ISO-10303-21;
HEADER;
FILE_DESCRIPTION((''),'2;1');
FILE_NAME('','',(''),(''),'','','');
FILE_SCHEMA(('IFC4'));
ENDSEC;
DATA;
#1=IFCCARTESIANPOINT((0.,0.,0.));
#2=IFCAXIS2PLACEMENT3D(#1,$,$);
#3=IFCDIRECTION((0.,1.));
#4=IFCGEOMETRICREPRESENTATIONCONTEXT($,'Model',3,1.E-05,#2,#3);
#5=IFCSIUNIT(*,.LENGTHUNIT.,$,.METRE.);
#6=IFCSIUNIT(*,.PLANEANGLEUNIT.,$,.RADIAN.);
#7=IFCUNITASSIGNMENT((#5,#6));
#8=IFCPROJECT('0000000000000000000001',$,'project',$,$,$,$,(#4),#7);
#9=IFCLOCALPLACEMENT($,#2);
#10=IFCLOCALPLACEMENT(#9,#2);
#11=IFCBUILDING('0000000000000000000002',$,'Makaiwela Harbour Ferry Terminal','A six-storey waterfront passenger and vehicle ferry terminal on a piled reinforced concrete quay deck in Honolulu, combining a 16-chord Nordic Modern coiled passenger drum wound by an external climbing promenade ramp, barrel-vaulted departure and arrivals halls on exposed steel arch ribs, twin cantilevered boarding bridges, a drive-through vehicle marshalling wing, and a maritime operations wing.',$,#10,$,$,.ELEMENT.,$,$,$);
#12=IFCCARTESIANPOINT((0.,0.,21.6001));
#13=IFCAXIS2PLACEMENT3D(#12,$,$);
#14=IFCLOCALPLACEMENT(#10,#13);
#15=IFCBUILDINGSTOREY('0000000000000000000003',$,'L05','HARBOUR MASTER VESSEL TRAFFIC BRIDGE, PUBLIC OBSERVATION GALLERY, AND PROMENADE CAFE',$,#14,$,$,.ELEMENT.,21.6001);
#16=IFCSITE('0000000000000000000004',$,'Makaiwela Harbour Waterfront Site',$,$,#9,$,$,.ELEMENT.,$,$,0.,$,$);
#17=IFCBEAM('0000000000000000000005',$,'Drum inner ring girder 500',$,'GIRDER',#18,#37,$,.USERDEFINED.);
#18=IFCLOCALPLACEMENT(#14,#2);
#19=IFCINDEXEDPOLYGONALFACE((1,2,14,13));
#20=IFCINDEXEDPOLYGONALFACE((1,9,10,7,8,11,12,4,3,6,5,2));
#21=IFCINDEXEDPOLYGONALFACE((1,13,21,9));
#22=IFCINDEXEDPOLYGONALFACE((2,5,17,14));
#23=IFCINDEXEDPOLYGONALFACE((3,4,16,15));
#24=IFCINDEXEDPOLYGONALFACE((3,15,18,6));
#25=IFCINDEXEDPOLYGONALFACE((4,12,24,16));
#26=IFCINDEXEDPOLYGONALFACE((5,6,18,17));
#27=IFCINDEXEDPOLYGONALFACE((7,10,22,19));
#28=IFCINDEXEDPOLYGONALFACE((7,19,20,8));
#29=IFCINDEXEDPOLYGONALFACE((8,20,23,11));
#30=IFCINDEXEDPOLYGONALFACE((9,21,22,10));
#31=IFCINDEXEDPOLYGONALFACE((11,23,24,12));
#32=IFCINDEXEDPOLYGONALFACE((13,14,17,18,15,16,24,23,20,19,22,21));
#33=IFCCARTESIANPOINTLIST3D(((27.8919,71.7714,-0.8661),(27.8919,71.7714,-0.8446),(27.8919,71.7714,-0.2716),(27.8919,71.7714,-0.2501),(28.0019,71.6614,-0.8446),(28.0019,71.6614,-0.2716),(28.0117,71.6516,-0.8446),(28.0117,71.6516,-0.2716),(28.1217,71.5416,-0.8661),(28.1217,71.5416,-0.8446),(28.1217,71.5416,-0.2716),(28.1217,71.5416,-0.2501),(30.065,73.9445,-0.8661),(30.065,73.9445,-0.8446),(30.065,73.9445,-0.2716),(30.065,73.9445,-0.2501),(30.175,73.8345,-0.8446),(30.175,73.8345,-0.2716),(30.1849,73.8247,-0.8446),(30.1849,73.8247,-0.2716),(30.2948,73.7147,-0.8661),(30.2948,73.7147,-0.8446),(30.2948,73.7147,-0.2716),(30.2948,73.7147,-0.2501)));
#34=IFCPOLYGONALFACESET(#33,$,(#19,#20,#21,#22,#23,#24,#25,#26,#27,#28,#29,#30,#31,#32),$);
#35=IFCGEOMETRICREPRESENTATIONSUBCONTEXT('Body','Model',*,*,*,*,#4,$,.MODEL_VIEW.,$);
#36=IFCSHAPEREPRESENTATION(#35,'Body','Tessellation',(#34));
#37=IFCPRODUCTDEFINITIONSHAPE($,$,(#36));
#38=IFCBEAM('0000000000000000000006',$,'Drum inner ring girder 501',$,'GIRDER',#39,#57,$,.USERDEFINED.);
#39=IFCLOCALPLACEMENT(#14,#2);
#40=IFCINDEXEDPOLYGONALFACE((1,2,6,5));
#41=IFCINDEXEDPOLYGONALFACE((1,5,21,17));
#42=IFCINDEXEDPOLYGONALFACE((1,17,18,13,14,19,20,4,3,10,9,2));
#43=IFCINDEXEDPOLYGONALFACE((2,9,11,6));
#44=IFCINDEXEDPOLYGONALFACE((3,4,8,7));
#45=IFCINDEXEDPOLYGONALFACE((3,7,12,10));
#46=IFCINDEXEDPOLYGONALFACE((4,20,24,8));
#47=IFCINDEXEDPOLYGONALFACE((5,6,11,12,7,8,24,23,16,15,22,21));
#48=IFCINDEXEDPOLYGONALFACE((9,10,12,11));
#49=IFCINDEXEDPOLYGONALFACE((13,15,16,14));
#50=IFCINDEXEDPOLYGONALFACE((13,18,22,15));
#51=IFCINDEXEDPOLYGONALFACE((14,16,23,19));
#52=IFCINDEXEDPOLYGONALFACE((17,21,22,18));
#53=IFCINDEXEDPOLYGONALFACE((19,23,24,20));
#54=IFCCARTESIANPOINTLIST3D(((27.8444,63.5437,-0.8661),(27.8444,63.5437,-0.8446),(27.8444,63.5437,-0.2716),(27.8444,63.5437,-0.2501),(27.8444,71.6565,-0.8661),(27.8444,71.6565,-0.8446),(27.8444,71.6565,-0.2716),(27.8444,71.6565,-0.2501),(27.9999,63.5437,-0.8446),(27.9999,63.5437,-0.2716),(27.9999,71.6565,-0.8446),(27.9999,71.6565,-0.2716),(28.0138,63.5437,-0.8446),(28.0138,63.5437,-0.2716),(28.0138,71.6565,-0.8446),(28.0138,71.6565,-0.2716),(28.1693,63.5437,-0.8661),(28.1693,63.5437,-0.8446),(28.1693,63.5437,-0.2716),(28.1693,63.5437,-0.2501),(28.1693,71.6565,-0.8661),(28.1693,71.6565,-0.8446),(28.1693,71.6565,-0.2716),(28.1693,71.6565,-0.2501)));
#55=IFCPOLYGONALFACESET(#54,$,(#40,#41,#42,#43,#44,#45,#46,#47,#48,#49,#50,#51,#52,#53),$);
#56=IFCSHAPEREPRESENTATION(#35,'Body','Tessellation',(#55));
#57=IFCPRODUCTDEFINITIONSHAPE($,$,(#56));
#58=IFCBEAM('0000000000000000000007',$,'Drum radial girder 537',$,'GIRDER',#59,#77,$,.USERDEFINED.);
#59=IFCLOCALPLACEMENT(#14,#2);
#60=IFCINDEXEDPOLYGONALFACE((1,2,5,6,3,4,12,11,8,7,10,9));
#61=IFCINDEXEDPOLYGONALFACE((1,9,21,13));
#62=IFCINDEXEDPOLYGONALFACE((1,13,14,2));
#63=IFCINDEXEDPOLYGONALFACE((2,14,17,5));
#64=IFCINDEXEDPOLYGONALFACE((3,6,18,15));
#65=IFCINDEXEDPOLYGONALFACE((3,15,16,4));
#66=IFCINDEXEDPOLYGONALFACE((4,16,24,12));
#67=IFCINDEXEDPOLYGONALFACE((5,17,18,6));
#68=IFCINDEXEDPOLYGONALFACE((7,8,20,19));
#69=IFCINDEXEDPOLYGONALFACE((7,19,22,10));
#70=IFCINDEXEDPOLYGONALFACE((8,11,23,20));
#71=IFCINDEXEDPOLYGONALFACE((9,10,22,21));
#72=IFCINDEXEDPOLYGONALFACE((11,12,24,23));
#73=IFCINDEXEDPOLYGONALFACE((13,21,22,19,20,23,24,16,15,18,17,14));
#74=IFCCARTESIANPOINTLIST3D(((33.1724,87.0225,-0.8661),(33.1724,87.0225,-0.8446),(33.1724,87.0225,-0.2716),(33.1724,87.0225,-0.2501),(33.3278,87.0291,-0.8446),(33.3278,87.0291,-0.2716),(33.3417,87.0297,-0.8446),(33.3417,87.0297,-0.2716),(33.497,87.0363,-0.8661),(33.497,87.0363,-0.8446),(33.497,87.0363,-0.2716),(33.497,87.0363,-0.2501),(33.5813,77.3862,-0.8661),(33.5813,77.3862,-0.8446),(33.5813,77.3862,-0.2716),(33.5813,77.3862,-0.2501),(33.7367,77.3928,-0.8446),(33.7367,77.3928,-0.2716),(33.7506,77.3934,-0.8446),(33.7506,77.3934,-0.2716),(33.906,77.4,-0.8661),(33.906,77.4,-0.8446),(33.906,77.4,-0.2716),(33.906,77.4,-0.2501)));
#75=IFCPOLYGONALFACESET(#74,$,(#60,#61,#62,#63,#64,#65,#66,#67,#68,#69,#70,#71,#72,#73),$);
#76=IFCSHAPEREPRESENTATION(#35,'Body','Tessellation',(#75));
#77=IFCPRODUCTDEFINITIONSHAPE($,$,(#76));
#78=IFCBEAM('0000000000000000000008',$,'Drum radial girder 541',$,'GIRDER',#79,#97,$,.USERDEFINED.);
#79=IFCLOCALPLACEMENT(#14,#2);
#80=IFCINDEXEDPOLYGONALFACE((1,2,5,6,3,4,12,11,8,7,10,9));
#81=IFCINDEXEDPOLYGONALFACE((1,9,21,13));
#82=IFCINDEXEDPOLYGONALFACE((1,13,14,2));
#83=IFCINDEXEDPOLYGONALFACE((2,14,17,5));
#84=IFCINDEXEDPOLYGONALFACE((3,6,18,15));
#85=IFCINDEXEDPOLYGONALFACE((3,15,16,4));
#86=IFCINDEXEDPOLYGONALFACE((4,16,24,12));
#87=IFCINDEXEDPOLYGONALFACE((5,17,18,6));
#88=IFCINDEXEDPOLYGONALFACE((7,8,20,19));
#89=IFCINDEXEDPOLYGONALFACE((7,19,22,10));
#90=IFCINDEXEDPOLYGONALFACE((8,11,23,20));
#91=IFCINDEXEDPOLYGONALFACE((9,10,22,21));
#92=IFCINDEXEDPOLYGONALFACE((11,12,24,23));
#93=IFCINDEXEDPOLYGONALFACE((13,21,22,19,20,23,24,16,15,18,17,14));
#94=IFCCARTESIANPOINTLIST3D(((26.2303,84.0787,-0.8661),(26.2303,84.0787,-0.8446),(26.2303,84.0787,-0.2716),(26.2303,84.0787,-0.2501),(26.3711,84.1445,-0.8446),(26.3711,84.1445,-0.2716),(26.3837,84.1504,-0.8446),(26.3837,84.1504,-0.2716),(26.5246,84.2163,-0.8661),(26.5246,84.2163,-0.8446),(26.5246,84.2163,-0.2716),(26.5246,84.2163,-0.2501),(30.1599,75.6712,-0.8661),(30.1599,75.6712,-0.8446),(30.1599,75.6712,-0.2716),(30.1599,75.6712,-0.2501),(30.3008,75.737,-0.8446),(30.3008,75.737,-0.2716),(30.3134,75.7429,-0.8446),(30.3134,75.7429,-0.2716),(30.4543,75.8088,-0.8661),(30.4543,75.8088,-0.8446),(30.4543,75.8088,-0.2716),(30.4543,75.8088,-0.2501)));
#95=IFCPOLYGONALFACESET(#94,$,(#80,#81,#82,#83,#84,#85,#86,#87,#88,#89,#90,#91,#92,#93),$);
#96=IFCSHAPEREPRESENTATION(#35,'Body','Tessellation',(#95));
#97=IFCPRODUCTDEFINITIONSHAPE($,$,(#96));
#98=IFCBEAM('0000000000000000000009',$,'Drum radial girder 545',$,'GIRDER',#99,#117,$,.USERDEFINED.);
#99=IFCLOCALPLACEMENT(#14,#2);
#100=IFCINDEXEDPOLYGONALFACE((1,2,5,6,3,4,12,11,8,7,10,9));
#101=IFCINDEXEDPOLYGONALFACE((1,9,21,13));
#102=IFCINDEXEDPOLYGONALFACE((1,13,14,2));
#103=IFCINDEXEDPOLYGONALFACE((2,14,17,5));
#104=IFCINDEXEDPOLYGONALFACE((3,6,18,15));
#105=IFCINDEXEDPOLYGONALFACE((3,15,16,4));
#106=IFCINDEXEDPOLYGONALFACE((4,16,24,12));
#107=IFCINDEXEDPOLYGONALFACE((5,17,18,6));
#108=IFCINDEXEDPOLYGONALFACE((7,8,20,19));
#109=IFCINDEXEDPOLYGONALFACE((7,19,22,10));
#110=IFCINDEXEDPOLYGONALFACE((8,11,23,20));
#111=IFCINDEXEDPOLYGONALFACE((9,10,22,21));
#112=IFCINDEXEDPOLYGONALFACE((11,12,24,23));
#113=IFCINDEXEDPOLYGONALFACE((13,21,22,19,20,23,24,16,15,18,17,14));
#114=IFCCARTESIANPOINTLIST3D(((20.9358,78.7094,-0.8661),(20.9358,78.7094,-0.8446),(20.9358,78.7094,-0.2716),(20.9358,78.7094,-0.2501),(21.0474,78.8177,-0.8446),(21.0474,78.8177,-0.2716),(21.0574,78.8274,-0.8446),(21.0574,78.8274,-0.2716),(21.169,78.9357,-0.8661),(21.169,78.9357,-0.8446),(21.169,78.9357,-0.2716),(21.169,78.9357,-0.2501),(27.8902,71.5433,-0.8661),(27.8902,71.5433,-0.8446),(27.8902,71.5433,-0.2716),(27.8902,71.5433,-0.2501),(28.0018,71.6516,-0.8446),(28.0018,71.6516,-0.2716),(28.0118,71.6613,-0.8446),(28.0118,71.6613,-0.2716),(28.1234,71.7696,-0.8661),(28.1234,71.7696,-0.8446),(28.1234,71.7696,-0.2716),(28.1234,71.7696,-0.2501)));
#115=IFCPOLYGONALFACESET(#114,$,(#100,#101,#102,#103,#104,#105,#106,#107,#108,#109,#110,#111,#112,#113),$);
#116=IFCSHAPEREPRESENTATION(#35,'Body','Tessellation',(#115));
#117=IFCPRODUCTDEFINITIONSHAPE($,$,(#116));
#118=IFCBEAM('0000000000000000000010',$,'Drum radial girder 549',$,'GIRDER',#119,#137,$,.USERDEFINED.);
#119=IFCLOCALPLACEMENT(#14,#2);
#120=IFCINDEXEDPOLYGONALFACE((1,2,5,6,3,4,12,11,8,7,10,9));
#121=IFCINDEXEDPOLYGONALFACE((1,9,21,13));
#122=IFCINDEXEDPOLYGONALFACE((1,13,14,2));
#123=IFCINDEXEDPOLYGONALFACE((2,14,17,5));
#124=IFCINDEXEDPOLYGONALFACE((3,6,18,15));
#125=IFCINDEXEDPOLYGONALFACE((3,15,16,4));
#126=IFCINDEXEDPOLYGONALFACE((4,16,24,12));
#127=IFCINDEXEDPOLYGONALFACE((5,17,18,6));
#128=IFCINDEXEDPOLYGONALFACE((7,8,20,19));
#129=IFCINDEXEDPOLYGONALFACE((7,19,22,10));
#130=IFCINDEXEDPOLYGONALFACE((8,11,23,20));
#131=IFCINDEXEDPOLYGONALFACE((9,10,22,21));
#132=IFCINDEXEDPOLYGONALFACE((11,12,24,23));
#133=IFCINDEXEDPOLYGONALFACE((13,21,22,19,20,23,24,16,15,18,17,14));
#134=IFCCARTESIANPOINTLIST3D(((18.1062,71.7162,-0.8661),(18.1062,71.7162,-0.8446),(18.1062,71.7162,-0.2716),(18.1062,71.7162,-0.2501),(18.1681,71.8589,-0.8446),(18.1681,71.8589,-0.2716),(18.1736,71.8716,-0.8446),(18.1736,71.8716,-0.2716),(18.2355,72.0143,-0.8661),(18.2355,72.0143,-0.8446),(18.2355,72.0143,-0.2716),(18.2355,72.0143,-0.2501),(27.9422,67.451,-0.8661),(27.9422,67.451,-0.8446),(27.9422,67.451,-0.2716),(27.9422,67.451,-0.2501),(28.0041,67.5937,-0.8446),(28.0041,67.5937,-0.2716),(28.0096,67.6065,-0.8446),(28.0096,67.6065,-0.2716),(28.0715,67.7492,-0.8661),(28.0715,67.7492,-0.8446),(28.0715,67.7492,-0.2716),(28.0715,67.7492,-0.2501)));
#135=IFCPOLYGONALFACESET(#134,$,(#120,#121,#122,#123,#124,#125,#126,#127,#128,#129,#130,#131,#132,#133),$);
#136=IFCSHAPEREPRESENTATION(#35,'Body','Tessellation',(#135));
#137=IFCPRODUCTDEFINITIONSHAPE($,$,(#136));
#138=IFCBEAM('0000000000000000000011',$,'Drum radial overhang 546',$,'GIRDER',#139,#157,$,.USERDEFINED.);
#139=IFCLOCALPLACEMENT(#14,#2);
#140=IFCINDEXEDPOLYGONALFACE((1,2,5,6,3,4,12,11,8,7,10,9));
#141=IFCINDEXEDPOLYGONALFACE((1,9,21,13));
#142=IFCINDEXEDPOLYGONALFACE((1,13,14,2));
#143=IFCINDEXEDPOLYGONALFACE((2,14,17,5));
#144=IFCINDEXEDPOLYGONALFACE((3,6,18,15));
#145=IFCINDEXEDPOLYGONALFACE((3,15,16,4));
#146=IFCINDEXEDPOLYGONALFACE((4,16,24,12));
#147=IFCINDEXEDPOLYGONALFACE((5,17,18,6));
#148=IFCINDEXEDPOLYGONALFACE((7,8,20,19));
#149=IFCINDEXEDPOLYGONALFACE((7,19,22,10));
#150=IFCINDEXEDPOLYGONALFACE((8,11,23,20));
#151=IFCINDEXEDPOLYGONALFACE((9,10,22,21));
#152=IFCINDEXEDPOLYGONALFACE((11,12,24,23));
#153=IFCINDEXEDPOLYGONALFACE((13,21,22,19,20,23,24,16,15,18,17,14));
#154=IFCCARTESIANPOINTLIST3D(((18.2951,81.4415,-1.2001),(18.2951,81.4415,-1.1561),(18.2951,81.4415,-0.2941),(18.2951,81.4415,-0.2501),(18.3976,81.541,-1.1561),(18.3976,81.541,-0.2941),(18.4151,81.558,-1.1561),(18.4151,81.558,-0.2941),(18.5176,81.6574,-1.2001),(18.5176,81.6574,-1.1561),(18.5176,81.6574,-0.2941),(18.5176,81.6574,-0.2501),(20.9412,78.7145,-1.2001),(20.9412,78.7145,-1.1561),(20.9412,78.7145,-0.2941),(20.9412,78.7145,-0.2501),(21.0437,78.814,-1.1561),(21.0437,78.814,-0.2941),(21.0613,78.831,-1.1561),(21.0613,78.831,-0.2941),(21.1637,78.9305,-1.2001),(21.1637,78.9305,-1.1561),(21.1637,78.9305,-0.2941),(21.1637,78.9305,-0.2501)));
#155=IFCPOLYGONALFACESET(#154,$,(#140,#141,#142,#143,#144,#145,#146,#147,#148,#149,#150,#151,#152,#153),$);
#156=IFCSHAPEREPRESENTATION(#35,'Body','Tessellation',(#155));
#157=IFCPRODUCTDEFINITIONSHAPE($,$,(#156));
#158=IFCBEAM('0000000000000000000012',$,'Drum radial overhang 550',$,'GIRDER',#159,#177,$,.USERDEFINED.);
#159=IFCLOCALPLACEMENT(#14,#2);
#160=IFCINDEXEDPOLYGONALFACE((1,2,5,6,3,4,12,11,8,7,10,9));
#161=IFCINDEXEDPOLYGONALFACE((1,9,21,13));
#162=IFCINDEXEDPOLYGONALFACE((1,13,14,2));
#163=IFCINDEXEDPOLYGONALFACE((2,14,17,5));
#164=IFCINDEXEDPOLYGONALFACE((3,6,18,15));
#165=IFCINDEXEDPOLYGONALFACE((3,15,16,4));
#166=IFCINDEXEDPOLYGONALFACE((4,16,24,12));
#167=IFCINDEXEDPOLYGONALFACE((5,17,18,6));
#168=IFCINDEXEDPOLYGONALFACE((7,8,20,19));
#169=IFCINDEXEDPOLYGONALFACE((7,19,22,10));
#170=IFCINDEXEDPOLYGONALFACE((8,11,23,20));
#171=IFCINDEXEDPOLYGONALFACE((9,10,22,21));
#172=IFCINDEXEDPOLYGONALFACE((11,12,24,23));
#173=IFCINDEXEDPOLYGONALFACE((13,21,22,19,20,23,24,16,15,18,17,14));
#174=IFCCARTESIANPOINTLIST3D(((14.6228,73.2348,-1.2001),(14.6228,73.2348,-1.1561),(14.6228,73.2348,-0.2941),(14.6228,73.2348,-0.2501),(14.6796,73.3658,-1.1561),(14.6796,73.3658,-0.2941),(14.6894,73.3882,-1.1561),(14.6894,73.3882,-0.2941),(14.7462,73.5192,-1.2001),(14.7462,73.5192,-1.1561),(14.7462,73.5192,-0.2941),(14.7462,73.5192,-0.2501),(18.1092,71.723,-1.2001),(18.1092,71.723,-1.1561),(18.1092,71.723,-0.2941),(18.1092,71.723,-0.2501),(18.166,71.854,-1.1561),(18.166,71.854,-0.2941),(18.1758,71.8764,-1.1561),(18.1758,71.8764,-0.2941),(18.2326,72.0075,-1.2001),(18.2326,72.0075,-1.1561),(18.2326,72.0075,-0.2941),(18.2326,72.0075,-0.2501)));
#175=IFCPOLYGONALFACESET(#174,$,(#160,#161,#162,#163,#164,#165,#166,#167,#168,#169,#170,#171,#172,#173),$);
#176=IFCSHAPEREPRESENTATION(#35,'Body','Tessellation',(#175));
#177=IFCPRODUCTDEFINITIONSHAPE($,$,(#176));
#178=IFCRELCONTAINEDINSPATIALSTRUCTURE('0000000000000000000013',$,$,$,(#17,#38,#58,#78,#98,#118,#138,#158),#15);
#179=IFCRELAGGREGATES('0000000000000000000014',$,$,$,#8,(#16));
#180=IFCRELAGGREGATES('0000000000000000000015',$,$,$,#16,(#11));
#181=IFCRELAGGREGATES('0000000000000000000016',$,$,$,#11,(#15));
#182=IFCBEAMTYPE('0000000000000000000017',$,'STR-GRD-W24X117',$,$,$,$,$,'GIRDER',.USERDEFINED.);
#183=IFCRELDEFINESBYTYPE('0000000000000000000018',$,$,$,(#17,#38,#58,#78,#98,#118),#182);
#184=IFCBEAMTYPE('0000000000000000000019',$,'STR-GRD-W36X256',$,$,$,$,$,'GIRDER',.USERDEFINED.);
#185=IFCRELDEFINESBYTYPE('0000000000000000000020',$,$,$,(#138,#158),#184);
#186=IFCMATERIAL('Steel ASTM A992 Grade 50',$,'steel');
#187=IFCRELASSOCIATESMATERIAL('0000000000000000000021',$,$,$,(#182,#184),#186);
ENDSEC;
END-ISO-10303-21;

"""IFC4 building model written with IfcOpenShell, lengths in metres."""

from ifc_helpers import new_model, si_unit, direction, frame, origin, origin_2d, place, context, subcontext, project, spatial, i_section, extrude, material, material_profile, profile_set, type_object, element, save


model = new_model("IFC4")

# Units and contexts
model_context = context("Model", 3, precision=1e-05, world=origin(), true_north=direction((0.0, 1.0)))
body_context = subcontext(model_context, "Body", "Model", "MODEL_VIEW")
ifc_project = project(units=[si_unit("LENGTHUNIT", "METRE"), si_unit("PLANEANGLEUNIT", "RADIAN")], contexts=[model_context])

# Site, building, storey
site_placement = place(None, origin())
site = spatial("IfcSite", under=ifc_project, at=site_placement, Name="Makaiwela Harbour Waterfront Site", CompositionType="ELEMENT", RefElevation=0.0)
building_placement = place(site_placement, origin())
building = spatial("IfcBuilding", under=site, at=building_placement, Name="Makaiwela Harbour Ferry Terminal", Description="A six-storey waterfront passenger and vehicle ferry terminal on a piled reinforced concrete quay deck in Honolulu, combining a 16-chord Nordic Modern coiled passenger drum wound by an external climbing promenade ramp, barrel-vaulted departure and arrivals halls on exposed steel arch ribs, twin cantilevered boarding bridges, a drive-through vehicle marshalling wing, and a maritime operations wing.", CompositionType="ELEMENT")
storey_placement = place(building_placement, frame((0.0, 0.0, 21.6001)))
storey = spatial("IfcBuildingStorey", under=building, at=storey_placement, Name="L05", Description="HARBOUR MASTER VESSEL TRAFFIC BRIDGE, PUBLIC OBSERVATION GALLERY, AND PROMENADE CAFE", CompositionType="ELEMENT", Elevation=21.6001)

# Shared definitions
ifc_material_1 = material(Name="Steel ASTM A992 Grade 50", Category="steel")

# Beams
ifc_material_profile_1 = material_profile(ifc_material_1, i_section(OverallWidth=0.325, OverallDepth=0.616, WebThickness=0.0139, FlangeThickness=0.0215, at=origin_2d()), Name="W24X117")
ifc_profile_set_1 = profile_set([ifc_material_profile_1], Name="Steel ASTM A992 Grade 50")
beam_type_1 = type_object("IfcBeamType", Name="STR-GRD-W24X117", ElementType="GIRDER", PredefinedType="USERDEFINED", material=ifc_profile_set_1)
beam_1_placement = place(storey_placement, frame((30.1799, 73.8296, -0.5581), z_axis=(-0.707107, -0.707107, 0.0), x_axis=(0.707107, -0.707107, 0.0)))
element("IfcBeam", 1, at=beam_1_placement, inside=storey, type_object=beam_type_1, Name="Drum inner ring girder 500", ObjectType="GIRDER", PredefinedType="USERDEFINED", context=body_context, shape_type="SweptSolid", body=[
    extrude(i_section(OverallWidth=0.325, OverallDepth=0.616, WebThickness=0.0139, FlangeThickness=0.0215, at=origin_2d()), origin(), (0.0, 0.0, 1.0), 3.0732),
])
beam_2_placement = place(storey_placement, frame((28.0068, 71.6565, -0.5581), z_axis=(0.0, -1.0, 0.0), x_axis=(1.0, 0.0, 0.0)))
element("IfcBeam", 2, at=beam_2_placement, inside=storey, type_object=beam_type_1, Name="Drum inner ring girder 501", ObjectType="GIRDER", PredefinedType="USERDEFINED", context=body_context, shape_type="SweptSolid", body=[
    extrude(i_section(OverallWidth=0.325, OverallDepth=0.616, WebThickness=0.0139, FlangeThickness=0.0215, at=origin_2d()), origin(), (0.0, 0.0, 1.0), 8.1128),
])
beam_3_placement = place(storey_placement, frame((33.7437, 77.3931, -0.5581), z_axis=(-0.042399, 0.999101, 0.0), x_axis=(-0.999101, -0.042399, 0.0)))
element("IfcBeam", 3, at=beam_3_placement, inside=storey, type_object=beam_type_1, Name="Drum radial girder 537", ObjectType="GIRDER", PredefinedType="USERDEFINED", context=body_context, shape_type="SweptSolid", body=[
    extrude(i_section(OverallWidth=0.325, OverallDepth=0.616, WebThickness=0.0139, FlangeThickness=0.0215, at=origin_2d()), origin(), (0.0, 0.0, 1.0), 9.645),
])
beam_4_placement = place(storey_placement, frame((30.3071, 75.74, -0.5581), z_axis=(-0.423434, 0.905927, 0.0), x_axis=(-0.905927, -0.423434, 0.0)))
element("IfcBeam", 4, at=beam_4_placement, inside=storey, type_object=beam_type_1, Name="Drum radial girder 541", ObjectType="GIRDER", PredefinedType="USERDEFINED", context=body_context, shape_type="SweptSolid", body=[
    extrude(i_section(OverallWidth=0.325, OverallDepth=0.616, WebThickness=0.0139, FlangeThickness=0.0215, at=origin_2d()), origin(), (0.0, 0.0, 1.0), 9.2805),
])
beam_5_placement = place(storey_placement, frame((28.0068, 71.6565, -0.5581), z_axis=(-0.696429, 0.717626, 0.0), x_axis=(-0.717626, -0.696429, 0.0)))
element("IfcBeam", 5, at=beam_5_placement, inside=storey, type_object=beam_type_1, Name="Drum radial girder 545", ObjectType="GIRDER", PredefinedType="USERDEFINED", context=body_context, shape_type="SweptSolid", body=[
    extrude(i_section(OverallWidth=0.325, OverallDepth=0.616, WebThickness=0.0139, FlangeThickness=0.0215, at=origin_2d()), origin(), (0.0, 0.0, 1.0), 9.9858),
])
beam_6_placement = place(storey_placement, frame((28.0068, 67.6001, -0.5581), z_axis=(-0.917457, 0.397835, 0.0), x_axis=(-0.397835, -0.917457, 0.0)))
element("IfcBeam", 6, at=beam_6_placement, inside=storey, type_object=beam_type_1, Name="Drum radial girder 549", ObjectType="GIRDER", PredefinedType="USERDEFINED", context=body_context, shape_type="SweptSolid", body=[
    extrude(i_section(OverallWidth=0.325, OverallDepth=0.616, WebThickness=0.0139, FlangeThickness=0.0215, at=origin_2d()), origin(), (0.0, 0.0, 1.0), 10.7209),
])
ifc_material_profile_2 = material_profile(ifc_material_1, i_section(OverallWidth=0.3101, OverallDepth=0.95, WebThickness=0.0244, FlangeThickness=0.0439, at=origin_2d()), Name="W36X256")
ifc_profile_set_2 = profile_set([ifc_material_profile_2], Name="Steel ASTM A992 Grade 50")
beam_type_2 = type_object("IfcBeamType", Name="STR-GRD-W36X256", ElementType="GIRDER", PredefinedType="USERDEFINED", material=ifc_profile_set_2)
beam_7_placement = place(storey_placement, frame((21.0525, 78.8225, -0.7251), z_axis=(-0.696394, 0.71766, 0.0), x_axis=(-0.71766, -0.696394, 0.0)))
element("IfcBeam", 7, at=beam_7_placement, inside=storey, type_object=beam_type_2, Name="Drum radial overhang 546", ObjectType="GIRDER", PredefinedType="USERDEFINED", context=body_context, shape_type="SweptSolid", body=[
    extrude(i_section(OverallWidth=0.3101, OverallDepth=0.95, WebThickness=0.0244, FlangeThickness=0.0439, at=origin_2d()), origin(), (0.0, 0.0, 1.0), 3.7998),
])
beam_8_placement = place(storey_placement, frame((18.1709, 71.8652, -0.7251), z_axis=(-0.917462, 0.397824, 0.0), x_axis=(-0.397824, -0.917462, 0.0)))
element("IfcBeam", 8, at=beam_8_placement, inside=storey, type_object=beam_type_2, Name="Drum radial overhang 550", ObjectType="GIRDER", PredefinedType="USERDEFINED", context=body_context, shape_type="SweptSolid", body=[
    extrude(i_section(OverallWidth=0.3101, OverallDepth=0.95, WebThickness=0.0244, FlangeThickness=0.0439, at=origin_2d()), origin(), (0.0, 0.0, 1.0), 3.8),
])

save(model, "model.ifc")
